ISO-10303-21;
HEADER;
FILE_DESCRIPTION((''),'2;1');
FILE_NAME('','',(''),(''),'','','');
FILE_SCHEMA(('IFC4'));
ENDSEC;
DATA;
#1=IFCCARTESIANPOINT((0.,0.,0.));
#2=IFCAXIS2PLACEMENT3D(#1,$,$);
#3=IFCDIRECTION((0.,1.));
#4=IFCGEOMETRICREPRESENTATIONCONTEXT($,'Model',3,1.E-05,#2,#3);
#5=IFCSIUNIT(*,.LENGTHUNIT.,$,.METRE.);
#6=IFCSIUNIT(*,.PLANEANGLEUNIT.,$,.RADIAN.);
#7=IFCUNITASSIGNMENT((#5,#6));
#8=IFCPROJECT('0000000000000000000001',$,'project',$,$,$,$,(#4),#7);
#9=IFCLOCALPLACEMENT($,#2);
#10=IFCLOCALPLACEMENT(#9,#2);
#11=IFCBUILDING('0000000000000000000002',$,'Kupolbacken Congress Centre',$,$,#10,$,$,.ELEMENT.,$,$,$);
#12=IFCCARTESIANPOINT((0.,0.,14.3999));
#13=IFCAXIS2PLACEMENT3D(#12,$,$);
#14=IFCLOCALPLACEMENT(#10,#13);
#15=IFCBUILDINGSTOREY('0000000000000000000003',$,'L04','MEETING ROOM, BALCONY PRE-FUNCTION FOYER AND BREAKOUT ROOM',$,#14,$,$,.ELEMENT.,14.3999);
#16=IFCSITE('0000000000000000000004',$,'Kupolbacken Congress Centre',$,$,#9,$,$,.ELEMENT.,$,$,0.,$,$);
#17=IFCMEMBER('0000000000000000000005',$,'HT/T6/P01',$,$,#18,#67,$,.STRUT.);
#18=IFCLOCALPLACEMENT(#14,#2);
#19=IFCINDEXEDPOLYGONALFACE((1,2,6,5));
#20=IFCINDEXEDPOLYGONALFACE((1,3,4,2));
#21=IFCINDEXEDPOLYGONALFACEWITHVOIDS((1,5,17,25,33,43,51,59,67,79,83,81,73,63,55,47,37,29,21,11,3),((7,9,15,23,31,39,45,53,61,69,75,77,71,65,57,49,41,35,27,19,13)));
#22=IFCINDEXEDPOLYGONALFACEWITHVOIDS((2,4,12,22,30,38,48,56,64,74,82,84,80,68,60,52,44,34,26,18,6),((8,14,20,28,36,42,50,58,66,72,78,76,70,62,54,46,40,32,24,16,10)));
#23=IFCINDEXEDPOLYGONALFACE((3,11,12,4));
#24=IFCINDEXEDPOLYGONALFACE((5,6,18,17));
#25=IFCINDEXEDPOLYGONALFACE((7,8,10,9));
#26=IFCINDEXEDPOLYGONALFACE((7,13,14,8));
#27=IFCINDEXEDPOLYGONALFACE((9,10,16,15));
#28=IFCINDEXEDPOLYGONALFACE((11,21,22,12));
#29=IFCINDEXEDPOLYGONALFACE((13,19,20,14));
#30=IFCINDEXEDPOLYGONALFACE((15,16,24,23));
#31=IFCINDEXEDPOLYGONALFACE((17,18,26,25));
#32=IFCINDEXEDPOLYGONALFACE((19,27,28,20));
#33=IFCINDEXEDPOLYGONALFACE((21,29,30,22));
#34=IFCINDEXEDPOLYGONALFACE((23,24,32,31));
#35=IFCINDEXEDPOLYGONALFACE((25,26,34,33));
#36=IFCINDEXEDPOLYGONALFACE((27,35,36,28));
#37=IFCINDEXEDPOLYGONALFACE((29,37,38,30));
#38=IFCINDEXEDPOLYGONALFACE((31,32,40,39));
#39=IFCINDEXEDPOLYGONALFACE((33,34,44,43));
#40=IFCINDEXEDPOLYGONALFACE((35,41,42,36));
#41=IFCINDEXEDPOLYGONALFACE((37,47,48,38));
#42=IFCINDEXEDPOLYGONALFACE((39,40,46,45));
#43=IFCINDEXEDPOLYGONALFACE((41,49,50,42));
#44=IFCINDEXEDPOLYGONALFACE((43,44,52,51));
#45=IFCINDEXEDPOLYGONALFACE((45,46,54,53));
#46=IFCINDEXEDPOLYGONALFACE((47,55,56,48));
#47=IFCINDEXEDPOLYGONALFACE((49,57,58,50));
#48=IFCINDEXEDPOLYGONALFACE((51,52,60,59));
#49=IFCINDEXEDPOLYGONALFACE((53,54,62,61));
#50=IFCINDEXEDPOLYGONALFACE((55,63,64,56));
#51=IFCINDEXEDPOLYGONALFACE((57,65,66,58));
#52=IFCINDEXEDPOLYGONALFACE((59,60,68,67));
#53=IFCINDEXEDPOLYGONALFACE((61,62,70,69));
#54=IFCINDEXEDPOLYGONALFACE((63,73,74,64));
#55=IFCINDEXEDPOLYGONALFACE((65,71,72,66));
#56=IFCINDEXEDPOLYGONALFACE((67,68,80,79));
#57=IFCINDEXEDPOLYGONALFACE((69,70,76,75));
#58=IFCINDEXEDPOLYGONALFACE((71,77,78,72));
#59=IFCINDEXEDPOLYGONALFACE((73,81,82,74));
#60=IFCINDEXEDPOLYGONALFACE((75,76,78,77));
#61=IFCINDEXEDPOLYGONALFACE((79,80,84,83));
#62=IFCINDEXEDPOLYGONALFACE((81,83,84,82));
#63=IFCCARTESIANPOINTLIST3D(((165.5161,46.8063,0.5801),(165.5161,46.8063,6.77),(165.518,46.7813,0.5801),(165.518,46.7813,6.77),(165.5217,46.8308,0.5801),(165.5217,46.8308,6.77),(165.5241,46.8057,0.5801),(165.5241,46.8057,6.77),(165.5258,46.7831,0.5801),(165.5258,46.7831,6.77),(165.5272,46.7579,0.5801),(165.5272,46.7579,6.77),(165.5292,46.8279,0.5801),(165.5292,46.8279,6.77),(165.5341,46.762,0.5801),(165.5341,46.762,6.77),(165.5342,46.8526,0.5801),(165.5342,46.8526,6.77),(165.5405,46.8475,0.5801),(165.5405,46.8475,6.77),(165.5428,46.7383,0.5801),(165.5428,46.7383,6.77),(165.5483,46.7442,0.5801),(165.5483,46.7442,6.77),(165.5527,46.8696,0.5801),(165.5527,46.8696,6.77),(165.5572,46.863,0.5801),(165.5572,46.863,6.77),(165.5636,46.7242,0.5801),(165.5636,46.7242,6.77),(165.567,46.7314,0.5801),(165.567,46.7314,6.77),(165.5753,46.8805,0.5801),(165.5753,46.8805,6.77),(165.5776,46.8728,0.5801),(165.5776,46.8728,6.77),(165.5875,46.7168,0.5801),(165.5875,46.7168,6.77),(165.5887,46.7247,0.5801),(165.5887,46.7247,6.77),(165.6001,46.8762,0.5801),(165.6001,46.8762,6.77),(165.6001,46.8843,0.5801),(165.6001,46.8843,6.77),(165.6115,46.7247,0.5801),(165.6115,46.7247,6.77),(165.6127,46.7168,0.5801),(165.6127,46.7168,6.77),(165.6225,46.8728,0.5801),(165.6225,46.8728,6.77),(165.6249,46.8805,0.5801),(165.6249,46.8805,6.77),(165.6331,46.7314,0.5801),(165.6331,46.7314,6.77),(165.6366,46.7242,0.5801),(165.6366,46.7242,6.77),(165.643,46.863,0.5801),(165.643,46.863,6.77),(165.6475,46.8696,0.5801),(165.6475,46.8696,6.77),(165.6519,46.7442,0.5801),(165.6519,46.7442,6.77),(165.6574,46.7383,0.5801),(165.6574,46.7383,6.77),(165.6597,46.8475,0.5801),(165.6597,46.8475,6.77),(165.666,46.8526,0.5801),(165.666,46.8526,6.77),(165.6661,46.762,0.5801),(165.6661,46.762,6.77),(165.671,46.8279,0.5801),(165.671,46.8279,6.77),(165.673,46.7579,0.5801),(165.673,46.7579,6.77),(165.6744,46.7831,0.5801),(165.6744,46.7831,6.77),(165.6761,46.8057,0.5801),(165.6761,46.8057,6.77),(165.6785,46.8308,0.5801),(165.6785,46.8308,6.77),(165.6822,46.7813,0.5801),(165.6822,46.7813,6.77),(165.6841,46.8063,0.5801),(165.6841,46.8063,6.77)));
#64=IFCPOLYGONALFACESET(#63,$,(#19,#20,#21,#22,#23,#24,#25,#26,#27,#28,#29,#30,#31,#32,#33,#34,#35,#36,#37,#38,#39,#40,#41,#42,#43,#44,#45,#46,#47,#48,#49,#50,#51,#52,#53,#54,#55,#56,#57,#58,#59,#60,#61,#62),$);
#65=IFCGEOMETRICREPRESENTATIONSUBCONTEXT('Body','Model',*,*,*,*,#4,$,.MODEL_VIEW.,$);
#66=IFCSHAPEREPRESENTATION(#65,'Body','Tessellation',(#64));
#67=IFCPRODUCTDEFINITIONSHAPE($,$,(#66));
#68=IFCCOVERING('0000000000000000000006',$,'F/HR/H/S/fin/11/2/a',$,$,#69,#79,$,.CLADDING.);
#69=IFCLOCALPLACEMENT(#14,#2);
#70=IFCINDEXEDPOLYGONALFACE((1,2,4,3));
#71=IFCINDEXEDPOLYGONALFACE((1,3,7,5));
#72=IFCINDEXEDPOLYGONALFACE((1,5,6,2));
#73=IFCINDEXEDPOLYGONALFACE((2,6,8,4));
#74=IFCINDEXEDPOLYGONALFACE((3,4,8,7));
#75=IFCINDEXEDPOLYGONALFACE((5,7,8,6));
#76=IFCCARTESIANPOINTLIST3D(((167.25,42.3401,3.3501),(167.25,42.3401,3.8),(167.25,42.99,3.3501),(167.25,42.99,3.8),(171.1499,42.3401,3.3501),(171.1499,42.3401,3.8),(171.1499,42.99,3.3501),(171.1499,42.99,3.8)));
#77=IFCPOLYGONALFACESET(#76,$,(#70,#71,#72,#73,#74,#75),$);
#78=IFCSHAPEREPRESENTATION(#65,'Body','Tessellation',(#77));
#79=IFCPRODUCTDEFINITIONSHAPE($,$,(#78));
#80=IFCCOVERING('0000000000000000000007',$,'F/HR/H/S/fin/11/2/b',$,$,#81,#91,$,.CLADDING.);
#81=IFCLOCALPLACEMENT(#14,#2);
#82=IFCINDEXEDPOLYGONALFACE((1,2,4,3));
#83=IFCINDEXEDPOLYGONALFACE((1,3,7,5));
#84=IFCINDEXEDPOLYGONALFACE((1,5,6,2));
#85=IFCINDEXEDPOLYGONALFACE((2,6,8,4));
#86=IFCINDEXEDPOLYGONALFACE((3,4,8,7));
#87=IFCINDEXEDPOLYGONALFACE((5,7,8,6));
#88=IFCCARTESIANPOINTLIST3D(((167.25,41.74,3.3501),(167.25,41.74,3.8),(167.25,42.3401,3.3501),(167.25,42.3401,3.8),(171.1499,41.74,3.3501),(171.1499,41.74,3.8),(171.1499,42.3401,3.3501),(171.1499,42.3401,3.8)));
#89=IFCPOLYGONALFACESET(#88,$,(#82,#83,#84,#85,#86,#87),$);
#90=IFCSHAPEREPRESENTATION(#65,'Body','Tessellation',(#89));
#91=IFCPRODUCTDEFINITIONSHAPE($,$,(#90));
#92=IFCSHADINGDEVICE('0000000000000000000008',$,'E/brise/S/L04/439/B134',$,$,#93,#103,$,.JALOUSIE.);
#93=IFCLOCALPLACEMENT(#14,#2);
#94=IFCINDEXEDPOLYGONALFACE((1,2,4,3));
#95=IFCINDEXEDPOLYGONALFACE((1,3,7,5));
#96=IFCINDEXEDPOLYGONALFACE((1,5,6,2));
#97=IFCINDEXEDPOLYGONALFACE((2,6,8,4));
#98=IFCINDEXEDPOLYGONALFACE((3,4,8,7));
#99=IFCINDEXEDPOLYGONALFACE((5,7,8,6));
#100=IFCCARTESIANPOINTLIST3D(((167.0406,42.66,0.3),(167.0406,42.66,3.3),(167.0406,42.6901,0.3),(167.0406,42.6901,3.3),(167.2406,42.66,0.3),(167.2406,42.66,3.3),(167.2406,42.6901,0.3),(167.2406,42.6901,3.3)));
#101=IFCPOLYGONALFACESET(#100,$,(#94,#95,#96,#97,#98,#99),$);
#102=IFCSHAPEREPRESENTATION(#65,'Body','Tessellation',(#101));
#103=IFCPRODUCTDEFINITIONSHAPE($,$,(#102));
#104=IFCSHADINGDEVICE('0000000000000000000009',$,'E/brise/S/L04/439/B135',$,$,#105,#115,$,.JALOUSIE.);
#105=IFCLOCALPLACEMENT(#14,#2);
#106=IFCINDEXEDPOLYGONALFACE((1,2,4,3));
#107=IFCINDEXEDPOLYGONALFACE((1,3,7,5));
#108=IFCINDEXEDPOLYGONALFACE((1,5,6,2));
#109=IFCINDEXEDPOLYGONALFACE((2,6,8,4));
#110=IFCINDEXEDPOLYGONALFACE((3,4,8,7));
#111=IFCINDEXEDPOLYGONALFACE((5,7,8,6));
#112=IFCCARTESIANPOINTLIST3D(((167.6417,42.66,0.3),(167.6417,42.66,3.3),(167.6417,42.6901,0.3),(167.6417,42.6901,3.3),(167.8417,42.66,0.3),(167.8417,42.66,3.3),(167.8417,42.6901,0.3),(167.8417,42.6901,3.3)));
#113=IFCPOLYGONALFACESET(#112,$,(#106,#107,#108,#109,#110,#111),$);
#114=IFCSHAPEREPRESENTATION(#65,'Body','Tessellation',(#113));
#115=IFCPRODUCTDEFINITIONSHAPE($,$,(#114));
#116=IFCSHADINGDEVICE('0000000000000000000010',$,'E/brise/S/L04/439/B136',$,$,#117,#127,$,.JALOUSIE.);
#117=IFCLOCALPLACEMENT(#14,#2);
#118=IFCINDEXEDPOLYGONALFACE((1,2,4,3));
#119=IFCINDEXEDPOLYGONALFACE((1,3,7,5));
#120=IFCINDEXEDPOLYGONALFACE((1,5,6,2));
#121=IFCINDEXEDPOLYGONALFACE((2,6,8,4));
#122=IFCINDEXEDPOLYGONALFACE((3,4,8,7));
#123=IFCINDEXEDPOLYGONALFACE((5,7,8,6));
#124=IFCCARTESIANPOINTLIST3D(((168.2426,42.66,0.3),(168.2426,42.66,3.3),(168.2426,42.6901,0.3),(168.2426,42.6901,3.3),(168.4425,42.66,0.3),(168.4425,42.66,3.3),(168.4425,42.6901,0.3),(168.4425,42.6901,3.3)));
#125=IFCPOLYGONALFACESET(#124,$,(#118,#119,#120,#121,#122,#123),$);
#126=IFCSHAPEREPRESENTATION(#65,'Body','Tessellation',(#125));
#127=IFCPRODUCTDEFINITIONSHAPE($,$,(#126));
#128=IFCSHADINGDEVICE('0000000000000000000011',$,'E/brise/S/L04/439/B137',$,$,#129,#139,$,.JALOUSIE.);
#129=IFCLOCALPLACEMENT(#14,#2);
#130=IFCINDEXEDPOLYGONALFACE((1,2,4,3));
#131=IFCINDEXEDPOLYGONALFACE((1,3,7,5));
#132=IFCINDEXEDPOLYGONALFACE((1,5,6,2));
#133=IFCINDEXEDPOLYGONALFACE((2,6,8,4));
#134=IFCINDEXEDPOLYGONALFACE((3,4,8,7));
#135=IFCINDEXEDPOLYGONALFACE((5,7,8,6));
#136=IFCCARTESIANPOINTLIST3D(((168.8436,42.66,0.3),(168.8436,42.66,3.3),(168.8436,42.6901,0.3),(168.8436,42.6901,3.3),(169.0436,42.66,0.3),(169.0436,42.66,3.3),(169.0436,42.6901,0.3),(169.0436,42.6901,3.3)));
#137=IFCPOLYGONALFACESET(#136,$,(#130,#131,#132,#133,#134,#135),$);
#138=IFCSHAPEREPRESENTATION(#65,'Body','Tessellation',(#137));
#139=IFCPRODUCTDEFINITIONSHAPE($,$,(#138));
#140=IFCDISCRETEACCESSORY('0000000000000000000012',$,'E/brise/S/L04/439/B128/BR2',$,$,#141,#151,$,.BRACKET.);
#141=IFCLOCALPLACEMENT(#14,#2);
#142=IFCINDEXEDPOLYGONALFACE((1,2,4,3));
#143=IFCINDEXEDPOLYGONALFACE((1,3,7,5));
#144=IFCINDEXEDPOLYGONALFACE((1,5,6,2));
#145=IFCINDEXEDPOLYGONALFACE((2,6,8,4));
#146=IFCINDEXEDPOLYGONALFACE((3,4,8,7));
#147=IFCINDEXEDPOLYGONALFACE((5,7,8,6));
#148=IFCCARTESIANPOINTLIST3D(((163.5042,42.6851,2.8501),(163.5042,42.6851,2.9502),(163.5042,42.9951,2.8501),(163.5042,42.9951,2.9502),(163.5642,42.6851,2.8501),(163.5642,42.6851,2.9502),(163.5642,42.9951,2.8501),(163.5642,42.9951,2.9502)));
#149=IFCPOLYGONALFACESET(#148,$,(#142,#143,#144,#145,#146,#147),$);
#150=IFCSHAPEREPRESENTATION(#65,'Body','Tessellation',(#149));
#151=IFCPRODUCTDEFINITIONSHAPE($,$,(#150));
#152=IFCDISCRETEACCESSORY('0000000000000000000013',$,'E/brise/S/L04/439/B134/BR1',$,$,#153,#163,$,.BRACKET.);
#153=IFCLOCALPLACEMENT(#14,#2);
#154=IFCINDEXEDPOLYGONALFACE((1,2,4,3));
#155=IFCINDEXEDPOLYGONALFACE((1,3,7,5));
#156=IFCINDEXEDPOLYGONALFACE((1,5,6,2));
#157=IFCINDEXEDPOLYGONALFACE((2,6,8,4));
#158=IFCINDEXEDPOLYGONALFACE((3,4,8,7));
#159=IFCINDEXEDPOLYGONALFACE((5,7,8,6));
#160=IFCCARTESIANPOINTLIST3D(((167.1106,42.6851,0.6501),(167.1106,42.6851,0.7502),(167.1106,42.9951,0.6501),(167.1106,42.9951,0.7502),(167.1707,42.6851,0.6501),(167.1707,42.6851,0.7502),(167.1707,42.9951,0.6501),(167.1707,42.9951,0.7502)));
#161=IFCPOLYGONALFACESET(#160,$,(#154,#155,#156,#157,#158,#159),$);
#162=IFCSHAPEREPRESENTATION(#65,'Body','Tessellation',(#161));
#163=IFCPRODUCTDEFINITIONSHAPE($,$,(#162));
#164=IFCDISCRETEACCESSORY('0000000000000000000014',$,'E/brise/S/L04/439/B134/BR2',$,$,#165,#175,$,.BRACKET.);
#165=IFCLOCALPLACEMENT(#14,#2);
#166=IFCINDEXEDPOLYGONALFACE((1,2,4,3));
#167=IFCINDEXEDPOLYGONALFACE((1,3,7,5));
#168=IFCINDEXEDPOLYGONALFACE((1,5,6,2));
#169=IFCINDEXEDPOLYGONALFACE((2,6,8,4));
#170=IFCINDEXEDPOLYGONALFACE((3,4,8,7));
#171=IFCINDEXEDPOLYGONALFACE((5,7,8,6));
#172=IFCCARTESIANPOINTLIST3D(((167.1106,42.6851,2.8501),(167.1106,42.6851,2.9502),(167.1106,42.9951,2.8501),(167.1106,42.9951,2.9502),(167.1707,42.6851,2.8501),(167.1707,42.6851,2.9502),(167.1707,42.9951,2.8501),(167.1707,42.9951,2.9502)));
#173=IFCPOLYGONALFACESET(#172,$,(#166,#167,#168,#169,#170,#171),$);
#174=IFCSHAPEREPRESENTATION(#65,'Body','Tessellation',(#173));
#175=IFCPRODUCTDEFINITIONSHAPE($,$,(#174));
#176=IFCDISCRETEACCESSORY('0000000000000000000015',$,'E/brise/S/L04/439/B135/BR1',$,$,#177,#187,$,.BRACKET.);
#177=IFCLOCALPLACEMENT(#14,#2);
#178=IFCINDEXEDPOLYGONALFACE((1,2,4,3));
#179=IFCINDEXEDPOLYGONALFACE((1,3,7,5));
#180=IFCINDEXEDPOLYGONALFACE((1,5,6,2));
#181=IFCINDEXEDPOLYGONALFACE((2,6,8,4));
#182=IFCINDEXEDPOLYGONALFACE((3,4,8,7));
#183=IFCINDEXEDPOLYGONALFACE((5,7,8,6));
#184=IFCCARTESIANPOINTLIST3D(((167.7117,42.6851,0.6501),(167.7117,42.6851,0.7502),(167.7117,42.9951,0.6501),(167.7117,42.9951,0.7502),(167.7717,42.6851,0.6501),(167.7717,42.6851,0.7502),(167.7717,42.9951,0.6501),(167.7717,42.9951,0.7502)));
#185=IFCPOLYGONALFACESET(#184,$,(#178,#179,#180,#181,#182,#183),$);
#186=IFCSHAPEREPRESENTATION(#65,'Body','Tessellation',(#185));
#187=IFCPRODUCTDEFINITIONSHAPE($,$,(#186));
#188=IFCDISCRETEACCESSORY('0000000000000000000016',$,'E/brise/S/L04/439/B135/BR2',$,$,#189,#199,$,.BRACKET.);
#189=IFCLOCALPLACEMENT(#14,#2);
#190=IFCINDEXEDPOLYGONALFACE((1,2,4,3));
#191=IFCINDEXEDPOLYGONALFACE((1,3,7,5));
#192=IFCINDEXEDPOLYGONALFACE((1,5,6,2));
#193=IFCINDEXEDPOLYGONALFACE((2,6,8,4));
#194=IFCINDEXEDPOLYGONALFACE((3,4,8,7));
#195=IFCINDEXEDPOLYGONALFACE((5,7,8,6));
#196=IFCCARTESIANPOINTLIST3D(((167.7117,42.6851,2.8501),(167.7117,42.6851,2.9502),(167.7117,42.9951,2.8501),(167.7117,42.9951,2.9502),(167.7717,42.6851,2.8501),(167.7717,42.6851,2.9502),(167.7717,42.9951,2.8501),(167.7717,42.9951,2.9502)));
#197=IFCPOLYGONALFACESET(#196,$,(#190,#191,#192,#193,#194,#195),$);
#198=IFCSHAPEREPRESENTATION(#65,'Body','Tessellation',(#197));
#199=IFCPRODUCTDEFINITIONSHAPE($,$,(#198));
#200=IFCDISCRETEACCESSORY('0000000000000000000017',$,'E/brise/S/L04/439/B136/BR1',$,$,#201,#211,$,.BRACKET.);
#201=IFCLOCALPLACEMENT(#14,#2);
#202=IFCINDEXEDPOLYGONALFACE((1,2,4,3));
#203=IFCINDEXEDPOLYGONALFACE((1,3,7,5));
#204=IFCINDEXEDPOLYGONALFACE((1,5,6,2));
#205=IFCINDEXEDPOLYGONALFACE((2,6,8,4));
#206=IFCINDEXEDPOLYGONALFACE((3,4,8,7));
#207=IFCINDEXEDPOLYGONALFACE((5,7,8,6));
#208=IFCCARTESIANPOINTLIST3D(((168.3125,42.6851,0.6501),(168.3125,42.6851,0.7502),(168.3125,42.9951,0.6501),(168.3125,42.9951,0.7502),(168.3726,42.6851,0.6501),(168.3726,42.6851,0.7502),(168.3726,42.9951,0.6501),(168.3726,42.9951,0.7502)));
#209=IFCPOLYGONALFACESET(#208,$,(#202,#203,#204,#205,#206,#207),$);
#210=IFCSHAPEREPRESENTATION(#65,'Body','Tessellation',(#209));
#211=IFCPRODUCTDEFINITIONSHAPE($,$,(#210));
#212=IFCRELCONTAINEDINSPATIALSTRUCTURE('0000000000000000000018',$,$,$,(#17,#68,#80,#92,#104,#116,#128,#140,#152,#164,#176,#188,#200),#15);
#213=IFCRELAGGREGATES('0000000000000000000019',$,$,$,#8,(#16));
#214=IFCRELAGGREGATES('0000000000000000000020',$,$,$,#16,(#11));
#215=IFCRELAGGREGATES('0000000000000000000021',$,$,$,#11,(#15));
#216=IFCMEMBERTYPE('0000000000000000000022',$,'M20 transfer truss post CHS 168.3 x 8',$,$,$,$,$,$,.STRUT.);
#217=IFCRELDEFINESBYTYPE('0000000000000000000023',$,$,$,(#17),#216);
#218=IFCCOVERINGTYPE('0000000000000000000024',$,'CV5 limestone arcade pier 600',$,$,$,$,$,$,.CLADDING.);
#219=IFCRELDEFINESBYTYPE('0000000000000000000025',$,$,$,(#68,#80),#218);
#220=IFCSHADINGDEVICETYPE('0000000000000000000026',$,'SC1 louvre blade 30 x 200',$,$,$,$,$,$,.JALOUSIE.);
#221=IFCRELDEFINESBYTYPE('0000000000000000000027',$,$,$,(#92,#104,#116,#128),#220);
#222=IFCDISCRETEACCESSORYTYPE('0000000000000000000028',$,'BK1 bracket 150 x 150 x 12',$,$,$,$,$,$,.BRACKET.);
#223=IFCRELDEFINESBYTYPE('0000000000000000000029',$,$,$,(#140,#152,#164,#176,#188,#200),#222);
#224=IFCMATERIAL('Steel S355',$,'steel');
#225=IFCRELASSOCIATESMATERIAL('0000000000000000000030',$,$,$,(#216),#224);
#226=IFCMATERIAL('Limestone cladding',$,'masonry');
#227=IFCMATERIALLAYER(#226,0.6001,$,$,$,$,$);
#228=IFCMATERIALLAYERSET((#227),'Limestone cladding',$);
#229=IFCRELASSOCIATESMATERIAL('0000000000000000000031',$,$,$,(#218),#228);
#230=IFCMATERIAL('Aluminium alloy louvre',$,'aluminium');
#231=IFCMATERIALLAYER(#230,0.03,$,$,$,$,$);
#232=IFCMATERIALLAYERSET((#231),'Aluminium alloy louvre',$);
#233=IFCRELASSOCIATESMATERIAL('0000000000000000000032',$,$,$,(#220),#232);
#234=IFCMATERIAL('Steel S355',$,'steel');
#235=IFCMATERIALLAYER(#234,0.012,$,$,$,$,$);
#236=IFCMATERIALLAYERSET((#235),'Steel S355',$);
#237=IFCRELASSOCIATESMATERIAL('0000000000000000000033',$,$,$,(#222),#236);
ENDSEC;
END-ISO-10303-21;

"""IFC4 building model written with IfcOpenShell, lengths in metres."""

from ifc_helpers import new_model, si_unit, direction, frame, origin, origin_2d, place, context, subcontext, project, spatial, rectangle, hollow_circle, extrude, material, layer, layer_set, material_profile, profile_set, type_object, element, save


model = new_model("IFC4")

# Units and contexts
model_context = context("Model", 3, precision=1e-05, world=origin(), true_north=direction((0.0, 1.0)))
body_context = subcontext(model_context, "Body", "Model", "MODEL_VIEW")
ifc_project = project(units=[si_unit("LENGTHUNIT", "METRE"), si_unit("PLANEANGLEUNIT", "RADIAN")], contexts=[model_context])

# Site, building, storey
site_placement = place(None, origin())
site = spatial("IfcSite", under=ifc_project, at=site_placement, Name="Kupolbacken Congress Centre", CompositionType="ELEMENT", RefElevation=0.0)
building_placement = place(site_placement, origin())
building = spatial("IfcBuilding", under=site, at=building_placement, Name="Kupolbacken Congress Centre", CompositionType="ELEMENT")
storey_placement = place(building_placement, frame((0.0, 0.0, 14.3999)))
storey = spatial("IfcBuildingStorey", under=building, at=storey_placement, Name="L04", Description="MEETING ROOM, BALCONY PRE-FUNCTION FOYER AND BREAKOUT ROOM", CompositionType="ELEMENT", Elevation=14.3999)

# Member
ifc_material_1 = material(Name="Steel S355", Category="steel")
ifc_material_profile_1 = material_profile(ifc_material_1, hollow_circle(Radius=0.0842, WallThickness=0.0081, at=origin_2d()), Name="CHS 168.3 x 8")
ifc_profile_set_1 = profile_set([ifc_material_profile_1], Name="Steel S355")
member_type_1 = type_object("IfcMemberType", Name="M20 transfer truss post CHS 168.3 x 8", PredefinedType="STRUT", material=ifc_profile_set_1)
for number, where, z_axis, x_axis, name in (
    (1, (165.6001, 46.8, 0.5801), (0.0, 0.0, 1.0), (0.0, 1.0, 0.0), "HT/T6/P01"),
):
    element("IfcMember", number, at=place(storey_placement, frame(where, z_axis=z_axis, x_axis=x_axis)), inside=storey, type_object=member_type_1, Name=name, PredefinedType="STRUT", context=body_context, shape_type="SweptSolid", body=[
        extrude(hollow_circle(Radius=0.0842, WallThickness=0.0081, at=origin_2d()), origin(), (0.0, 0.0, 1.0), 6.1899),
    ])

# Coverings
ifc_material_2 = material(Name="Limestone cladding", Category="masonry")
ifc_layer_1 = layer(ifc_material_2, 0.6001)
ifc_layer_set_1 = layer_set([ifc_layer_1], Name="Limestone cladding")
covering_type = type_object("IfcCoveringType", Name="CV5 limestone arcade pier 600", PredefinedType="CLADDING", material=ifc_layer_set_1)
covering_1_placement = place(storey_placement, frame((169.2, 42.665, 3.3501), z_axis=(0.0, 0.0, 1.0), x_axis=(1.0, 0.0, 0.0)))
element("IfcCovering", 2, at=covering_1_placement, inside=storey, type_object=covering_type, Name="F/HR/H/S/fin/11/2/a", PredefinedType="CLADDING", context=body_context, shape_type="SweptSolid", body=[
    extrude(rectangle(XDim=3.8999, YDim=0.6499, at=origin_2d()), origin(), (0.0, 0.0, 1.0), 0.45),
])
covering_2_placement = place(storey_placement, frame((169.2, 42.04, 3.3501), z_axis=(0.0, 0.0, 1.0), x_axis=(1.0, 0.0, 0.0)))
element("IfcCovering", 3, at=covering_2_placement, inside=storey, type_object=covering_type, Name="F/HR/H/S/fin/11/2/b", PredefinedType="CLADDING", context=body_context, shape_type="SweptSolid", body=[
    extrude(rectangle(XDim=3.8999, YDim=0.6001, at=origin_2d()), origin(), (0.0, 0.0, 1.0), 0.45),
])

# Shading devices
ifc_material_3 = material(Name="Aluminium alloy louvre", Category="aluminium")
ifc_layer_2 = layer(ifc_material_3, 0.03)
ifc_layer_set_2 = layer_set([ifc_layer_2], Name="Aluminium alloy louvre")
shading_device_type = type_object("IfcShadingDeviceType", Name="SC1 louvre blade 30 x 200", PredefinedType="JALOUSIE", material=ifc_layer_set_2)
for number, where, z_axis, x_axis, name in (
    (4, (167.1406, 42.675, 0.3), (0.0, 0.0, 1.0), (1.0, 0.0, 0.0), "E/brise/S/L04/439/B134"),
    (5, (167.7417, 42.675, 0.3), (0.0, 0.0, 1.0), (1.0, 0.0, 0.0), "E/brise/S/L04/439/B135"),
    (6, (168.3425, 42.675, 0.3), (0.0, 0.0, 1.0), (1.0, 0.0, 0.0), "E/brise/S/L04/439/B136"),
    (7, (168.9436, 42.675, 0.3), (0.0, 0.0, 1.0), (1.0, 0.0, 0.0), "E/brise/S/L04/439/B137"),
):
    element("IfcShadingDevice", number, at=place(storey_placement, frame(where, z_axis=z_axis, x_axis=x_axis)), inside=storey, type_object=shading_device_type, Name=name, PredefinedType="JALOUSIE", context=body_context, shape_type="SweptSolid", body=[
        extrude(rectangle(XDim=0.2, YDim=0.03, at=origin_2d()), origin(), (0.0, 0.0, 1.0), 3.0),
    ])

# Discrete accessories
ifc_material_4 = material(Name="Steel S355", Category="steel")
ifc_layer_3 = layer(ifc_material_4, 0.012)
ifc_layer_set_3 = layer_set([ifc_layer_3], Name="Steel S355")
discrete_accessory_type = type_object("IfcDiscreteAccessoryType", Name="BK1 bracket 150 x 150 x 12", PredefinedType="BRACKET", material=ifc_layer_set_3)
for number, where, z_axis, x_axis, name in (
    (8, (163.5342, 42.8401, 2.8501), (0.0, 0.0, 1.0), (1.0, 0.0, 0.0), "E/brise/S/L04/439/B128/BR2"),
    (9, (167.1406, 42.8401, 0.6501), (0.0, 0.0, 1.0), (1.0, 0.0, 0.0), "E/brise/S/L04/439/B134/BR1"),
    (10, (167.1406, 42.8401, 2.8501), (0.0, 0.0, 1.0), (1.0, 0.0, 0.0), "E/brise/S/L04/439/B134/BR2"),
    (11, (167.7417, 42.8401, 0.6501), (0.0, 0.0, 1.0), (1.0, 0.0, 0.0), "E/brise/S/L04/439/B135/BR1"),
    (12, (167.7417, 42.8401, 2.8501), (0.0, 0.0, 1.0), (1.0, 0.0, 0.0), "E/brise/S/L04/439/B135/BR2"),
    (13, (168.3425, 42.8401, 0.6501), (0.0, 0.0, 1.0), (1.0, 0.0, 0.0), "E/brise/S/L04/439/B136/BR1"),
):
    element("IfcDiscreteAccessory", number, at=place(storey_placement, frame(where, z_axis=z_axis, x_axis=x_axis)), inside=storey, type_object=discrete_accessory_type, Name=name, PredefinedType="BRACKET", context=body_context, shape_type="SweptSolid", body=[
        extrude(rectangle(XDim=0.0601, YDim=0.3101, at=origin_2d()), origin(), (0.0, 0.0, 1.0), 0.1001),
    ])

save(model, "model.ifc")
